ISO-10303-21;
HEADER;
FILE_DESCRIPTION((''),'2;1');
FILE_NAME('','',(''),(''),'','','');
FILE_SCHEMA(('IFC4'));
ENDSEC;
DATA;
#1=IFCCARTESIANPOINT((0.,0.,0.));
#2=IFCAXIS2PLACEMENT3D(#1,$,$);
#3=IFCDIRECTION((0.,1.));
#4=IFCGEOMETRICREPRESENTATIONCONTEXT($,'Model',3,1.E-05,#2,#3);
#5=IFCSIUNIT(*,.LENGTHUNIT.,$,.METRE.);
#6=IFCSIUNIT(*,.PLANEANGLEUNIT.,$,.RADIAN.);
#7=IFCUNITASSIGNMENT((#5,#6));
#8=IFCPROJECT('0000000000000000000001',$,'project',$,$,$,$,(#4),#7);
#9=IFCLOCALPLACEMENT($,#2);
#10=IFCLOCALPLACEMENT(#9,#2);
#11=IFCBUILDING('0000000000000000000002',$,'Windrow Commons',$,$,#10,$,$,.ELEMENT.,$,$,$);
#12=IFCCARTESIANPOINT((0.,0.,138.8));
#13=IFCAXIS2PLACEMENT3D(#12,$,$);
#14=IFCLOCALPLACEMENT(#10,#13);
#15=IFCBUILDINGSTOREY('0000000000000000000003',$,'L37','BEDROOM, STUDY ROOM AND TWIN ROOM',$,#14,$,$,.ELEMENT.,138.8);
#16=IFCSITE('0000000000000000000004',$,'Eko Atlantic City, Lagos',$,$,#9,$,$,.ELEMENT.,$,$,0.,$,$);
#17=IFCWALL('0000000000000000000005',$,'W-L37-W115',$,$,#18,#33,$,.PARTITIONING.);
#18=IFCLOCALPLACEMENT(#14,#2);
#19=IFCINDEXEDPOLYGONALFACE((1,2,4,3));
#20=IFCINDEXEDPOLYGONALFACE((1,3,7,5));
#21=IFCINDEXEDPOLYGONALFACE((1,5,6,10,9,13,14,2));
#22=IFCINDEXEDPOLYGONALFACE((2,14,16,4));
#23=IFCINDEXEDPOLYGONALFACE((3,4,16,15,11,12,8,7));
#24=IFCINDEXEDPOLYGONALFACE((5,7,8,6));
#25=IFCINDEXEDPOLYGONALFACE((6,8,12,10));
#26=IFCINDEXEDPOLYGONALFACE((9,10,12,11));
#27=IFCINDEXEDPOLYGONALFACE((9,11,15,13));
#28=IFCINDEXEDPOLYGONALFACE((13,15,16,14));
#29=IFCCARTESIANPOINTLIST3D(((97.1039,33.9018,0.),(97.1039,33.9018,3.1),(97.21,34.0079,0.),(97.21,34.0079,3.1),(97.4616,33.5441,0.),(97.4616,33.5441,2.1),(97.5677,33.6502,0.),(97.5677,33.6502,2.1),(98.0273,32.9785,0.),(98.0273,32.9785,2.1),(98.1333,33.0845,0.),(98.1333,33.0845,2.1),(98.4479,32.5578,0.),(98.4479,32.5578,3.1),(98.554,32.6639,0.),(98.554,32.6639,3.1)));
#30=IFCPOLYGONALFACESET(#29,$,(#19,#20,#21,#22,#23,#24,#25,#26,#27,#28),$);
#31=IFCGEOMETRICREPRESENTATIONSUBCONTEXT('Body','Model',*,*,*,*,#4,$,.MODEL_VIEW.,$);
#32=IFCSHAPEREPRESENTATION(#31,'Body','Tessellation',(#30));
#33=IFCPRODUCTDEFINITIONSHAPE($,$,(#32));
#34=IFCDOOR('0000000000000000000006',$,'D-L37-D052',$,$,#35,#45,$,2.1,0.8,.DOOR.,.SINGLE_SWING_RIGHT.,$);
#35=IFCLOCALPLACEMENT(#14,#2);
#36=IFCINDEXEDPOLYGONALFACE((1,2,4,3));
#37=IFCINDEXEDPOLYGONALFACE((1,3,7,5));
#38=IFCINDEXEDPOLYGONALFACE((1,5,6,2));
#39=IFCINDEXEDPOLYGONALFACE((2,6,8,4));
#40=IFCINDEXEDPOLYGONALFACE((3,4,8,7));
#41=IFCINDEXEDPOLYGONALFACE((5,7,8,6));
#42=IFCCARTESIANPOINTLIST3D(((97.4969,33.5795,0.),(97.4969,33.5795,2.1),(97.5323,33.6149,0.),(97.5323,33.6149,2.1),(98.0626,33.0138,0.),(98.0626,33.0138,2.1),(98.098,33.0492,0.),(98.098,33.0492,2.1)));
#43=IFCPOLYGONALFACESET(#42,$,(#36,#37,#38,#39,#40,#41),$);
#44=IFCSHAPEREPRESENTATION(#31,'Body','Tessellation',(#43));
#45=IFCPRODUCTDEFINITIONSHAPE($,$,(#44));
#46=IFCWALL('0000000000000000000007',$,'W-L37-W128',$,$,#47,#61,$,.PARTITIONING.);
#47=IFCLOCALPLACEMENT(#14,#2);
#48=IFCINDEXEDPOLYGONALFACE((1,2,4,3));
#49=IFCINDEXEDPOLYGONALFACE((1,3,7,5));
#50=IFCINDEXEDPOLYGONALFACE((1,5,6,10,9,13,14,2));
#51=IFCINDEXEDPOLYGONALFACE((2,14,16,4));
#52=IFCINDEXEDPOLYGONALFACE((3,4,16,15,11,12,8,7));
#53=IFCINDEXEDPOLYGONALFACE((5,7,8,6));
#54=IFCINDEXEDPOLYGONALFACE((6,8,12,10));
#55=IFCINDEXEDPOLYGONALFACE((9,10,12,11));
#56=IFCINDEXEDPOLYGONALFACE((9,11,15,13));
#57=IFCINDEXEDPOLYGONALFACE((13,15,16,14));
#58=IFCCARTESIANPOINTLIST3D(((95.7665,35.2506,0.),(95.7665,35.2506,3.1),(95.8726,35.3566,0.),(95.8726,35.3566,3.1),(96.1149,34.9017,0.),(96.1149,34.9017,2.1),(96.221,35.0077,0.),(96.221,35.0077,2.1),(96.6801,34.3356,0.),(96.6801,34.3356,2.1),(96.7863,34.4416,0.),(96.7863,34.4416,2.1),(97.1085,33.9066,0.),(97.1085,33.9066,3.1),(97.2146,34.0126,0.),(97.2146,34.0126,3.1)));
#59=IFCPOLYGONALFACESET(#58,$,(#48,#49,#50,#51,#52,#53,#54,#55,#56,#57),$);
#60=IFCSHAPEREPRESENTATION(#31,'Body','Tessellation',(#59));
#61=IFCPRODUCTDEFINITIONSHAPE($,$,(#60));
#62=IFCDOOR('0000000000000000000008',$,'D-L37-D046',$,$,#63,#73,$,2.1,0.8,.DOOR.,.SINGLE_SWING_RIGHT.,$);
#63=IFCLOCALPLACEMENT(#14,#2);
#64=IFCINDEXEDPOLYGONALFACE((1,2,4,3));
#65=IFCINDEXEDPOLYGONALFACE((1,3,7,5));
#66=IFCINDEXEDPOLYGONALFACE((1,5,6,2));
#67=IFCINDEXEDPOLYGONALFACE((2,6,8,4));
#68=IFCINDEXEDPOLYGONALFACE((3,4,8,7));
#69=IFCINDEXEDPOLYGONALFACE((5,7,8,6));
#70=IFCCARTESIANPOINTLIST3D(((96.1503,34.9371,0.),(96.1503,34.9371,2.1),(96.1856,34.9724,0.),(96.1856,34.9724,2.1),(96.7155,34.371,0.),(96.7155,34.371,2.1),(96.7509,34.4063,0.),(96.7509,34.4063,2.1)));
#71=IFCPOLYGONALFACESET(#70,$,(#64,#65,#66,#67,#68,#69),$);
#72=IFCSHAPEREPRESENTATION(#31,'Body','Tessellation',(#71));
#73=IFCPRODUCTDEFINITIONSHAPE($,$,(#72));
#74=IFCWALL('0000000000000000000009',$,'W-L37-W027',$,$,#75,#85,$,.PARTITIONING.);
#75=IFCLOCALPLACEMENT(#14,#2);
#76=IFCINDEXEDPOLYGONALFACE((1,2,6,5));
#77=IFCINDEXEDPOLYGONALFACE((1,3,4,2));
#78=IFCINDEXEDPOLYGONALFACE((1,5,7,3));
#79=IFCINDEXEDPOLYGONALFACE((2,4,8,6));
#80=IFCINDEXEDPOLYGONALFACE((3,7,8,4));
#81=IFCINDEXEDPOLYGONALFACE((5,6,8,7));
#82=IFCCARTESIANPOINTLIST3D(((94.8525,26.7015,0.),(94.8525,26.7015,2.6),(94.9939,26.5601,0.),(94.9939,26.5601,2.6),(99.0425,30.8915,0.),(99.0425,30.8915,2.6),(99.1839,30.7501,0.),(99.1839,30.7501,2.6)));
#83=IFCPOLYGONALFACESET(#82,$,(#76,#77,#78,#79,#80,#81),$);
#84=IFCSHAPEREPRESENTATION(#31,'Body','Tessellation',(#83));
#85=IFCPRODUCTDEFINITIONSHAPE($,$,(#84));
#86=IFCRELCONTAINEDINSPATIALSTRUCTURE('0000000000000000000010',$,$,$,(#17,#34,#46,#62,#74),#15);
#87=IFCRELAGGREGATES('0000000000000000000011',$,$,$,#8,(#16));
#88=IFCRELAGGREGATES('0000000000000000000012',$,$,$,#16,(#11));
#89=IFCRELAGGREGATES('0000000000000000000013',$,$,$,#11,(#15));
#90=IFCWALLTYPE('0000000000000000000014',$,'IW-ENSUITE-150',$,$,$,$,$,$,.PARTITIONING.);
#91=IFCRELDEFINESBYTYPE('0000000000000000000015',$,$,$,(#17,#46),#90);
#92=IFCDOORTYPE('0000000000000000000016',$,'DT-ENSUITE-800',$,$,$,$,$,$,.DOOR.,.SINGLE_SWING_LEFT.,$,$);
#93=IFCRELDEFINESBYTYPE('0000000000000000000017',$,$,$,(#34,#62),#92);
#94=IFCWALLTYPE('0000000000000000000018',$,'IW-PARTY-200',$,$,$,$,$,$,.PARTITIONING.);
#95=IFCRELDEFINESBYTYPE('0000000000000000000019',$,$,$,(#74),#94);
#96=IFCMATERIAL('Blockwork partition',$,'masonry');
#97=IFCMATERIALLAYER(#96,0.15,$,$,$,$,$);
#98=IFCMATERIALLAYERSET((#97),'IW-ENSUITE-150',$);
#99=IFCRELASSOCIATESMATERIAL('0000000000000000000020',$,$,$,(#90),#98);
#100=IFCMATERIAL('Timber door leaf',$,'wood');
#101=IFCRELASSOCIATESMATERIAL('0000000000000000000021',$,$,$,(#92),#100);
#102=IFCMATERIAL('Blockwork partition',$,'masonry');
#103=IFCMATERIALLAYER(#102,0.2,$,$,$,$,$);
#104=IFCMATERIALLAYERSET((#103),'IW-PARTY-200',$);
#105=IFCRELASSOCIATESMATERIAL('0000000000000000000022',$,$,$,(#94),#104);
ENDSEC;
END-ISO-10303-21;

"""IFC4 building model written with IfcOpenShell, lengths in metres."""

from ifc_helpers import new_model, si_unit, direction, frame, frame_2d, origin, place, context, subcontext, project, spatial, rectangle, extrude, material, layer, layer_set, type_object, element, fill, save


model = new_model("IFC4")

# Units and contexts
model_context = context("Model", 3, precision=1e-05, world=origin(), true_north=direction((0.0, 1.0)))
body_context = subcontext(model_context, "Body", "Model", "MODEL_VIEW")
ifc_project = project(units=[si_unit("LENGTHUNIT", "METRE"), si_unit("PLANEANGLEUNIT", "RADIAN")], contexts=[model_context])

# Site, building, storey
site_placement = place(None, origin())
site = spatial("IfcSite", under=ifc_project, at=site_placement, Name="Eko Atlantic City, Lagos", CompositionType="ELEMENT", RefElevation=0.0)
building_placement = place(site_placement, origin())
building = spatial("IfcBuilding", under=site, at=building_placement, Name="Windrow Commons", CompositionType="ELEMENT")
storey_placement = place(building_placement, frame((0.0, 0.0, 138.8)))
storey = spatial("IfcBuildingStorey", under=building, at=storey_placement, Name="L37", Description="BEDROOM, STUDY ROOM AND TWIN ROOM", CompositionType="ELEMENT", Elevation=138.8)

# Shared definitions
ifc_material_1 = material(Name="Blockwork partition", Category="masonry")
ifc_layer_1 = layer(ifc_material_1, 0.15)
ifc_layer_set_1 = layer_set([ifc_layer_1], Name="IW-ENSUITE-150")
wall_type_1 = type_object("IfcWallType", Name="IW-ENSUITE-150", PredefinedType="PARTITIONING", material=ifc_layer_set_1)

# Walls, openings, doors
wall_1_placement = place(storey_placement, frame((97.1569, 33.9549, 0.0), z_axis=(0.0, 0.0, 1.0), x_axis=(0.707107, -0.707107, 0.0)))
wall_1 = element("IfcWall", 1, at=wall_1_placement, inside=storey, type_object=wall_type_1, Name="W-L37-W115", PredefinedType="PARTITIONING", context=body_context, shape_type="SweptSolid", body=[
    extrude(rectangle(XDim=1.9007, YDim=0.15, at=frame_2d((0.9504, 0.0))), origin(), (0.0, 0.0, 1.0), 3.1),
])
opening_1_placement = place(wall_1_placement, frame((0.5059, 0.0, 0.0)))
opening_1 = element("IfcOpeningElement", 2, at=opening_1_placement, cuts=wall_1, PredefinedType="OPENING", context=body_context, shape_type="SweptSolid", body=[
    extrude(rectangle(XDim=0.8, YDim=2.1, at=frame_2d((0.4, 1.05))), frame((0.0, 0.085, 0.0), z_axis=(0.0, -1.0, 0.0), x_axis=(1.0, 0.0, 0.0)), (0.0, 0.0, 1.0), 0.17),
])
ifc_material_2 = material(Name="Timber door leaf", Category="wood")
door_type = type_object("IfcDoorType", Name="DT-ENSUITE-800", OperationType="SINGLE_SWING_LEFT", PredefinedType="DOOR", material=ifc_material_2)
door_1_placement = place(opening_1_placement, origin())
door_1 = element("IfcDoor", 3, at=door_1_placement, inside=storey, type_object=door_type, Name="D-L37-D052", OperationType="SINGLE_SWING_RIGHT", OverallHeight=2.1, OverallWidth=0.8, PredefinedType="DOOR", context=body_context, shape_type="SweptSolid", body=[
    extrude(rectangle(XDim=0.8, YDim=2.1, at=frame_2d((0.4, 1.05))), frame((0.0, 0.025, 0.0), z_axis=(0.0, -1.0, 0.0), x_axis=(1.0, 0.0, 0.0)), (0.0, 0.0, 1.0), 0.05),
])
fill(opening_1, door_1)
wall_2_placement = place(storey_placement, frame((95.8196, 35.3036, 0.0), z_axis=(0.0, 0.0, 1.0), x_axis=(0.70658, -0.707633, 0.0)))
wall_2 = element("IfcWall", 4, at=wall_2_placement, inside=storey, type_object=wall_type_1, Name="W-L37-W128", PredefinedType="PARTITIONING", context=body_context, shape_type="SweptSolid", body=[
    extrude(rectangle(XDim=1.8993, YDim=0.15, at=frame_2d((0.9496, 0.0))), origin(), (0.0, 0.0, 1.0), 3.1),
])
opening_2_placement = place(wall_2_placement, frame((0.493, 0.0, 0.0)))
opening_2 = element("IfcOpeningElement", 5, at=opening_2_placement, cuts=wall_2, PredefinedType="OPENING", context=body_context, shape_type="SweptSolid", body=[
    extrude(rectangle(XDim=0.8, YDim=2.1, at=frame_2d((0.4, 1.05))), frame((0.0, 0.085, 0.0), z_axis=(0.0, -1.0, 0.0), x_axis=(1.0, 0.0, 0.0)), (0.0, 0.0, 1.0), 0.17),
])
door_2_placement = place(opening_2_placement, origin())
door_2 = element("IfcDoor", 6, at=door_2_placement, inside=storey, type_object=door_type, Name="D-L37-D046", OperationType="SINGLE_SWING_RIGHT", OverallHeight=2.1, OverallWidth=0.8, PredefinedType="DOOR", context=body_context, shape_type="SweptSolid", body=[
    extrude(rectangle(XDim=0.8, YDim=2.1, at=frame_2d((0.4, 1.05))), frame((0.0, 0.025, 0.0), z_axis=(0.0, -1.0, 0.0), x_axis=(1.0, 0.0, 0.0)), (0.0, 0.0, 1.0), 0.05),
])
fill(opening_2, door_2)

# Wall
ifc_material_3 = material(Name="Blockwork partition", Category="masonry")
ifc_layer_2 = layer(ifc_material_3, 0.2)
ifc_layer_set_2 = layer_set([ifc_layer_2], Name="IW-PARTY-200")
wall_type_2 = type_object("IfcWallType", Name="IW-PARTY-200", PredefinedType="PARTITIONING", material=ifc_layer_set_2)
wall_3_placement = place(storey_placement, frame((94.9232, 26.6308, 0.0), z_axis=(0.0, 0.0, 1.0), x_axis=(0.707107, 0.707107, 0.0)))
element("IfcWall", 7, at=wall_3_placement, inside=storey, type_object=wall_type_2, Name="W-L37-W027", PredefinedType="PARTITIONING", context=body_context, shape_type="SweptSolid", body=[
    extrude(rectangle(XDim=5.9256, YDim=0.2, at=frame_2d((2.9628, 0.0))), origin(), (0.0, 0.0, 1.0), 2.6),
])

save(model, "model.ifc")
